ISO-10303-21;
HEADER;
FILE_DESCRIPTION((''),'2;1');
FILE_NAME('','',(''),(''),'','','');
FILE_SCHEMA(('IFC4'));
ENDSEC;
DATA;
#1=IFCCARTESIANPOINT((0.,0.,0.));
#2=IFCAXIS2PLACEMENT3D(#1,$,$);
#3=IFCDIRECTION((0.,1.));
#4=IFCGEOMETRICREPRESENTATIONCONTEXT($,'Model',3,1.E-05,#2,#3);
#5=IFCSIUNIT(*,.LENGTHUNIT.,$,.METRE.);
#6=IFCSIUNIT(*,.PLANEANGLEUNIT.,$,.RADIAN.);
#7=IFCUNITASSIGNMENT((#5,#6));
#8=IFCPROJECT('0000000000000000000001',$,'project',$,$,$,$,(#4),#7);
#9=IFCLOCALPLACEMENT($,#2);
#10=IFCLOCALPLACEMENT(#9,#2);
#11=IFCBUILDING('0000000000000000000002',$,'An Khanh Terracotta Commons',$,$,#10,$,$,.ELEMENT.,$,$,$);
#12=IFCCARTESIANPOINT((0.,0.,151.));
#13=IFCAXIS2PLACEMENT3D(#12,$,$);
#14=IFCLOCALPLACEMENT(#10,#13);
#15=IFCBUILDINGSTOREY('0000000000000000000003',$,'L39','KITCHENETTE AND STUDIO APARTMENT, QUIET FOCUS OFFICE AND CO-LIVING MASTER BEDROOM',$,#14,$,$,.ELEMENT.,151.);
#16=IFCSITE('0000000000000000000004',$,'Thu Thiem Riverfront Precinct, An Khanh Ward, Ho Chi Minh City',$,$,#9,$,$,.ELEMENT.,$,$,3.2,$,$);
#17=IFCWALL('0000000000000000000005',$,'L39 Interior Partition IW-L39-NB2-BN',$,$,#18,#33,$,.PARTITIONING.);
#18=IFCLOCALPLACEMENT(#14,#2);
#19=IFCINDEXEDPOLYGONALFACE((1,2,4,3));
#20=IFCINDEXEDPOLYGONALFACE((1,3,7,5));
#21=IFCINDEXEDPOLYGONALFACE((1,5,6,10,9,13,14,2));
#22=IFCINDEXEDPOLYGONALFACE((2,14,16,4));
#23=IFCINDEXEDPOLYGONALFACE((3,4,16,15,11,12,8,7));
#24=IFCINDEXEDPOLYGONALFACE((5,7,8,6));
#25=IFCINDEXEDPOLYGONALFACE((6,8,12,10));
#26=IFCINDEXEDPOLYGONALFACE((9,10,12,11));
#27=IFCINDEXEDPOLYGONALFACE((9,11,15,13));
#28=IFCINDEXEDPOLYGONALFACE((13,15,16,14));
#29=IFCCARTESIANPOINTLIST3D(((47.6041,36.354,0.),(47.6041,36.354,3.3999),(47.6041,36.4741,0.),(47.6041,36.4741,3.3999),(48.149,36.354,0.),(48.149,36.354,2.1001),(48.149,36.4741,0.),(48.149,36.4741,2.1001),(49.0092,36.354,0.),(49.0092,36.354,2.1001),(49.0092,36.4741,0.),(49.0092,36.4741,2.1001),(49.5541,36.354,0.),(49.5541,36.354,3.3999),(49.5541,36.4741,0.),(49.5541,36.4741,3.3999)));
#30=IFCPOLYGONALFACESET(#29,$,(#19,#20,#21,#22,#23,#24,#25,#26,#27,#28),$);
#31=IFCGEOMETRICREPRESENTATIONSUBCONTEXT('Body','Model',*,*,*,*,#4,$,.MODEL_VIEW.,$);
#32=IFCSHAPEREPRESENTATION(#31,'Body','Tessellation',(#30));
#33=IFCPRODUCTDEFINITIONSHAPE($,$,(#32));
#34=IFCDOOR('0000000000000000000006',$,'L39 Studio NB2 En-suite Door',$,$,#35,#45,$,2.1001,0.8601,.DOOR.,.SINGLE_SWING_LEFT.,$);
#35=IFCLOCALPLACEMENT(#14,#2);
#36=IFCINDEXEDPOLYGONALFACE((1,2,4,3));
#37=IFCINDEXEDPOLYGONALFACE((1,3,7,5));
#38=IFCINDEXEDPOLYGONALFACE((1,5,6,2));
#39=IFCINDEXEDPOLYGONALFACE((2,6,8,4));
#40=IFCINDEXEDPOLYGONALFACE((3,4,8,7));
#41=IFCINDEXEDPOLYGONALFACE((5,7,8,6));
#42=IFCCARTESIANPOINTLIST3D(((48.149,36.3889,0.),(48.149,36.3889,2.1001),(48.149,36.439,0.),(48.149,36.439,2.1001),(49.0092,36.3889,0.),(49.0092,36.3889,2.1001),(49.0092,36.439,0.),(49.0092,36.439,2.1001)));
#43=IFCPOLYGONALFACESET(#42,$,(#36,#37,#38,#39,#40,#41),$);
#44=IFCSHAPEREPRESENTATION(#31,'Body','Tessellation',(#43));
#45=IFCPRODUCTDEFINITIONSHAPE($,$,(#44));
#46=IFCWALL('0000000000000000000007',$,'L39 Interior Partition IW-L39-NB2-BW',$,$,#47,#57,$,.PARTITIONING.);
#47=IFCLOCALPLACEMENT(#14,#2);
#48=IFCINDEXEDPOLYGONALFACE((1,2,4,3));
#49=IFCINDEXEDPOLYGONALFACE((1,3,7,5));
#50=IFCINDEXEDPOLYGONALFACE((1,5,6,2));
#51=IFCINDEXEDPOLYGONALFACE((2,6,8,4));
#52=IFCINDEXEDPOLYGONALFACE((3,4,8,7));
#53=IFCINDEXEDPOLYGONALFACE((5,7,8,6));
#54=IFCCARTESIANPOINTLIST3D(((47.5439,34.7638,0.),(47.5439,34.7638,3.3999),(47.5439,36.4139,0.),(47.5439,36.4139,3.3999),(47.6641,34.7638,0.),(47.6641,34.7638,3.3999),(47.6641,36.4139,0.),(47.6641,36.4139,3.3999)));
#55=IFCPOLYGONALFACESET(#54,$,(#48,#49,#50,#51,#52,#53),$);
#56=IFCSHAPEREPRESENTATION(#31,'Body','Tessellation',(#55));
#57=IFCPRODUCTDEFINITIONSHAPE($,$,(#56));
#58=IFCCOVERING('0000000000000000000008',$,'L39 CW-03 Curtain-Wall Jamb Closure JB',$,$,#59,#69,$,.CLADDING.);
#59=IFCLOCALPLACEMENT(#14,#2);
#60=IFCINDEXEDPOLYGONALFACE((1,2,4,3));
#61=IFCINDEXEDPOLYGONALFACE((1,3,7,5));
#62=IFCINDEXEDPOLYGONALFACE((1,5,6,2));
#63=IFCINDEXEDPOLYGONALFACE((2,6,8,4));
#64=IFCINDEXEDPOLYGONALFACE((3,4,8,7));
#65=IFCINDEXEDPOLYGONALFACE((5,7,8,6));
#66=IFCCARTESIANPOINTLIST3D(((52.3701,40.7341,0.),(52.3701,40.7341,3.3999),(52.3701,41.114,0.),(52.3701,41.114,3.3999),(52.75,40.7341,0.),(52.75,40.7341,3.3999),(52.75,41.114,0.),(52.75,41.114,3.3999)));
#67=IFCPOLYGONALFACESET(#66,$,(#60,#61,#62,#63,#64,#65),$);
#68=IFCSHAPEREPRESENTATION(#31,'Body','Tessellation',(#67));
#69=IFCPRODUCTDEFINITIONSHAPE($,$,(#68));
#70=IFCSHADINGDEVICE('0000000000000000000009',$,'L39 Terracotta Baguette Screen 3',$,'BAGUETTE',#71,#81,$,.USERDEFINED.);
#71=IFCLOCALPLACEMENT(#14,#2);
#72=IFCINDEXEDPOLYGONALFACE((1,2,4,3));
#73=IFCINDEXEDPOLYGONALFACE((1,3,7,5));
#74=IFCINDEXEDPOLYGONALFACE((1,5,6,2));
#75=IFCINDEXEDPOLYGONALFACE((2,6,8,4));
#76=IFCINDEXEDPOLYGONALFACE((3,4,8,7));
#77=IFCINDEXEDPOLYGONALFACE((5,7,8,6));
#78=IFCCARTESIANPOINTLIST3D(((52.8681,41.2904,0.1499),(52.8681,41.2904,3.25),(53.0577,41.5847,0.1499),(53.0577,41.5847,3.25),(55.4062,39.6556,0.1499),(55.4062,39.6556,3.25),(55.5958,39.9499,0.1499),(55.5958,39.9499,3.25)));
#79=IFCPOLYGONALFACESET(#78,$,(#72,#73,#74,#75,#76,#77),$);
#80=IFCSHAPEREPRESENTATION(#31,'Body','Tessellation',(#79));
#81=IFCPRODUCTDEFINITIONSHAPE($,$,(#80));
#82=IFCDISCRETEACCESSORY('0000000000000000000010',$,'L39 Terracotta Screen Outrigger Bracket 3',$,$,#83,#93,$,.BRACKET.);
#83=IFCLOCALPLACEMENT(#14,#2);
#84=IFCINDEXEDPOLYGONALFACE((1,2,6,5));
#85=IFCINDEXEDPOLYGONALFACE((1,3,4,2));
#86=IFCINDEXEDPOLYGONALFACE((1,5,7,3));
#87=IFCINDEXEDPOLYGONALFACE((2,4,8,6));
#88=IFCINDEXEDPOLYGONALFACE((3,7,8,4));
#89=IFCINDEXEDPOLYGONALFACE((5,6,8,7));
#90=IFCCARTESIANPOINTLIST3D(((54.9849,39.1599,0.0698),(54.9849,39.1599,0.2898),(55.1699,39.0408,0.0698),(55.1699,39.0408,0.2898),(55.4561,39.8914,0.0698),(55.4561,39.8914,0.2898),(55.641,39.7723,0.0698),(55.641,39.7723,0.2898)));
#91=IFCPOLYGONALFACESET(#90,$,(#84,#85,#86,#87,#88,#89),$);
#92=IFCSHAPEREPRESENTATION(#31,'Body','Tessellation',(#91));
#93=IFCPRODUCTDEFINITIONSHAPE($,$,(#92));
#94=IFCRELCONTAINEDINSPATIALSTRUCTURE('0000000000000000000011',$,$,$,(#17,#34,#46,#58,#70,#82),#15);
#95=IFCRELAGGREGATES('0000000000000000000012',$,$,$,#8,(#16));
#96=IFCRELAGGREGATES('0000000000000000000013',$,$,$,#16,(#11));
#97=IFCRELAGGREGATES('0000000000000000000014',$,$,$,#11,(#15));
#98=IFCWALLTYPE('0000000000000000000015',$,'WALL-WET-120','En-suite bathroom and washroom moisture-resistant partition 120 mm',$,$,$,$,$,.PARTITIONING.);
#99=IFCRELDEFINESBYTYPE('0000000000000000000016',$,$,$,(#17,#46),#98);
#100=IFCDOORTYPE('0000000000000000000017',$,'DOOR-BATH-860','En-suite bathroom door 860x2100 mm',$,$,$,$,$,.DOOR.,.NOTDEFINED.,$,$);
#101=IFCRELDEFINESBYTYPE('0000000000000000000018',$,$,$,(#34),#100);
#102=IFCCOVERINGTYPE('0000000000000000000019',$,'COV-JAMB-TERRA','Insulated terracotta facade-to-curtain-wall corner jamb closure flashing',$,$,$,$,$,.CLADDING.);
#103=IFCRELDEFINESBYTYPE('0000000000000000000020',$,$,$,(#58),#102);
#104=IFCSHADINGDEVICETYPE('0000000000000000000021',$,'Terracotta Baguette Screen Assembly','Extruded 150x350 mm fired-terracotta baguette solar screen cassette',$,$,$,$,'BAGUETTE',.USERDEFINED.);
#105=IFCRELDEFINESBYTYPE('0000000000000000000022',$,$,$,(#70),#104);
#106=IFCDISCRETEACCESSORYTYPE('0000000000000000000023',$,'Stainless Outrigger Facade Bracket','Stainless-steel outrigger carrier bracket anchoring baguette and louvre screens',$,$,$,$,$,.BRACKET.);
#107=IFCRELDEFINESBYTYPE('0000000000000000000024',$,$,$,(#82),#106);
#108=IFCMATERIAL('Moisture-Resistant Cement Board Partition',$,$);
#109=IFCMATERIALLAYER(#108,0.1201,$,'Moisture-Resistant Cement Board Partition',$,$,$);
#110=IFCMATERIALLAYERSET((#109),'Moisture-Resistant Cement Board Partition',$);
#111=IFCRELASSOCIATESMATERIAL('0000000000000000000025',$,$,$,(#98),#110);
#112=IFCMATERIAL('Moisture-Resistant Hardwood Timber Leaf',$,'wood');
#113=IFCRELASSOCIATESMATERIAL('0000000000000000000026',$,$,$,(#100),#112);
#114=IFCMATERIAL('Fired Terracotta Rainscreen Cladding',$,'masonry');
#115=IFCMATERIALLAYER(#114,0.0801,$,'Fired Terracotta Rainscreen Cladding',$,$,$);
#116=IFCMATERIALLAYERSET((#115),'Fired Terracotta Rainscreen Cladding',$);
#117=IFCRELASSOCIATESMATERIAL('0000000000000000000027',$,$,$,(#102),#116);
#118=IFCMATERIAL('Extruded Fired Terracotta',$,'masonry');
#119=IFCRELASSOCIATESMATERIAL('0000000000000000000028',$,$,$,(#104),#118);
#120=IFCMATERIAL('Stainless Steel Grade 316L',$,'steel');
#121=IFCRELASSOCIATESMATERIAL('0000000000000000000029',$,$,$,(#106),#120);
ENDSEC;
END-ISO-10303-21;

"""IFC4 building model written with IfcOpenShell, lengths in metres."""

from ifc_helpers import new_model, si_unit, direction, frame, frame_2d, origin, origin_2d, place, context, subcontext, project, spatial, rectangle, extrude, material, layer, layer_set, type_object, element, fill, save


model = new_model("IFC4")

# Units and contexts
model_context = context("Model", 3, precision=1e-05, world=origin(), true_north=direction((0.0, 1.0)))
body_context = subcontext(model_context, "Body", "Model", "MODEL_VIEW")
ifc_project = project(units=[si_unit("LENGTHUNIT", "METRE"), si_unit("PLANEANGLEUNIT", "RADIAN")], contexts=[model_context])

# Site, building, storey
site_placement = place(None, origin())
site = spatial("IfcSite", under=ifc_project, at=site_placement, Name="Thu Thiem Riverfront Precinct, An Khanh Ward, Ho Chi Minh City", CompositionType="ELEMENT", RefElevation=3.2)
building_placement = place(site_placement, origin())
building = spatial("IfcBuilding", under=site, at=building_placement, Name="An Khanh Terracotta Commons", CompositionType="ELEMENT")
storey_placement = place(building_placement, frame((0.0, 0.0, 151.0)))
storey = spatial("IfcBuildingStorey", under=building, at=storey_placement, Name="L39", Description="KITCHENETTE AND STUDIO APARTMENT, QUIET FOCUS OFFICE AND CO-LIVING MASTER BEDROOM", CompositionType="ELEMENT", Elevation=151.0)

# Wall, opening, door
ifc_material_1 = material(Name="Moisture-Resistant Cement Board Partition")
ifc_layer_1 = layer(ifc_material_1, 0.1201, Name="Moisture-Resistant Cement Board Partition")
ifc_layer_set_1 = layer_set([ifc_layer_1], Name="Moisture-Resistant Cement Board Partition")
wall_type_1 = type_object("IfcWallType", Name="WALL-WET-120", Description="En-suite bathroom and washroom moisture-resistant partition 120 mm", PredefinedType="PARTITIONING", material=ifc_layer_set_1)
wall_1_placement = place(storey_placement, frame((47.604, 36.4141, 0.0), z_axis=(0.0, 0.0, 1.0), x_axis=(1.0, 0.0, 0.0)))
wall_1 = element("IfcWall", 1, at=wall_1_placement, inside=storey, type_object=wall_type_1, Name="L39 Interior Partition IW-L39-NB2-BN", PredefinedType="PARTITIONING", context=body_context, shape_type="SweptSolid", body=[
    extrude(rectangle(XDim=1.95, YDim=0.1201, at=frame_2d((0.9751, 0.0))), origin(), (0.0, 0.0, 1.0), 3.3999),
])
opening_1_placement = place(wall_1_placement, frame((0.5449, 0.0, 0.0)))
opening_1 = element("IfcOpeningElement", 2, at=opening_1_placement, cuts=wall_1, PredefinedType="OPENING", context=body_context, shape_type="SweptSolid", body=[
    extrude(rectangle(XDim=0.8601, YDim=2.1001, at=frame_2d((0.4302, 1.05))), frame((0.0, 0.0701, 0.0), z_axis=(0.0, -1.0, 0.0), x_axis=(1.0, 0.0, 0.0)), (0.0, 0.0, 1.0), 0.1401),
])
ifc_material_2 = material(Name="Moisture-Resistant Hardwood Timber Leaf", Category="wood")
door_type_1 = type_object("IfcDoorType", Name="DOOR-BATH-860", Description="En-suite bathroom door 860x2100 mm", OperationType="NOTDEFINED", PredefinedType="DOOR", material=ifc_material_2)
door_1_placement = place(opening_1_placement, origin())
door_1 = element("IfcDoor", 3, at=door_1_placement, inside=storey, type_object=door_type_1, Name="L39 Studio NB2 En-suite Door", OperationType="SINGLE_SWING_LEFT", OverallHeight=2.1001, OverallWidth=0.8601, PredefinedType="DOOR", context=body_context, shape_type="SweptSolid", body=[
    extrude(rectangle(XDim=0.8601, YDim=2.1001, at=frame_2d((0.4302, 1.05))), frame((0.0, 0.0249, 0.0), z_axis=(0.0, -1.0, 0.0), x_axis=(1.0, 0.0, 0.0)), (0.0, 0.0, 1.0), 0.05),
])
fill(opening_1, door_1)

# Wall
wall_2_placement = place(storey_placement, frame((47.604, 36.4141, 0.0), z_axis=(0.0, 0.0, 1.0), x_axis=(0.0, -1.0, 0.0)))
element("IfcWall", 4, at=wall_2_placement, inside=storey, type_object=wall_type_1, Name="L39 Interior Partition IW-L39-NB2-BW", PredefinedType="PARTITIONING", context=body_context, shape_type="SweptSolid", body=[
    extrude(rectangle(XDim=1.6501, YDim=0.1201, at=frame_2d((0.8252, 0.0))), origin(), (0.0, 0.0, 1.0), 3.3999),
])

# Covering
ifc_material_3 = material(Name="Fired Terracotta Rainscreen Cladding", Category="masonry")
ifc_layer_2 = layer(ifc_material_3, 0.0801, Name="Fired Terracotta Rainscreen Cladding")
ifc_layer_set_2 = layer_set([ifc_layer_2], Name="Fired Terracotta Rainscreen Cladding")
covering_type = type_object("IfcCoveringType", Name="COV-JAMB-TERRA", Description="Insulated terracotta facade-to-curtain-wall corner jamb closure flashing", PredefinedType="CLADDING", material=ifc_layer_set_2)
covering_placement = place(storey_placement, frame((52.5601, 40.9241, 0.0), z_axis=(0.0, 0.0, 1.0), x_axis=(1.0, 0.0, 0.0)))
element("IfcCovering", 5, at=covering_placement, inside=storey, type_object=covering_type, Name="L39 CW-03 Curtain-Wall Jamb Closure JB", PredefinedType="CLADDING", context=body_context, shape_type="SweptSolid", body=[
    extrude(rectangle(XDim=0.3799, YDim=0.3799, at=origin_2d()), origin(), (0.0, 0.0, 1.0), 3.3999),
])

# Shading device
ifc_material_4 = material(Name="Extruded Fired Terracotta", Category="masonry")
shading_device_type = type_object("IfcShadingDeviceType", Name="Terracotta Baguette Screen Assembly", Description="Extruded 150x350 mm fired-terracotta baguette solar screen cassette", ElementType="BAGUETTE", PredefinedType="USERDEFINED", material=ifc_material_4)
shading_device_placement = place(storey_placement, frame((54.2319, 40.6201, 0.1499), z_axis=(0.0, 0.0, 1.0), x_axis=(-0.840702, 0.541498, 0.0)))
element("IfcShadingDevice", 6, at=shading_device_placement, inside=storey, type_object=shading_device_type, Name="L39 Terracotta Baguette Screen 3", ObjectType="BAGUETTE", PredefinedType="USERDEFINED", context=body_context, shape_type="SweptSolid", body=[
    extrude(rectangle(XDim=3.019, YDim=0.3501, at=origin_2d()), origin(), (0.0, 0.0, 1.0), 3.1001),
])

# Discrete accessory
ifc_material_5 = material(Name="Stainless Steel Grade 316L", Category="steel")
discrete_accessory_type = type_object("IfcDiscreteAccessoryType", Name="Stainless Outrigger Facade Bracket", Description="Stainless-steel outrigger carrier bracket anchoring baguette and louvre screens", PredefinedType="BRACKET", material=ifc_material_5)
discrete_accessory_placement = place(storey_placement, frame((55.313, 39.4661, 0.0698), z_axis=(0.0, 0.0, 1.0), x_axis=(-0.840702, 0.541498, 0.0)))
element("IfcDiscreteAccessory", 7, at=discrete_accessory_placement, inside=storey, type_object=discrete_accessory_type, Name="L39 Terracotta Screen Outrigger Bracket 3", PredefinedType="BRACKET", context=body_context, shape_type="SweptSolid", body=[
    extrude(rectangle(XDim=0.22, YDim=0.8701, at=origin_2d()), origin(), (0.0, 0.0, 1.0), 0.22),
])

save(model, "model.ifc")
